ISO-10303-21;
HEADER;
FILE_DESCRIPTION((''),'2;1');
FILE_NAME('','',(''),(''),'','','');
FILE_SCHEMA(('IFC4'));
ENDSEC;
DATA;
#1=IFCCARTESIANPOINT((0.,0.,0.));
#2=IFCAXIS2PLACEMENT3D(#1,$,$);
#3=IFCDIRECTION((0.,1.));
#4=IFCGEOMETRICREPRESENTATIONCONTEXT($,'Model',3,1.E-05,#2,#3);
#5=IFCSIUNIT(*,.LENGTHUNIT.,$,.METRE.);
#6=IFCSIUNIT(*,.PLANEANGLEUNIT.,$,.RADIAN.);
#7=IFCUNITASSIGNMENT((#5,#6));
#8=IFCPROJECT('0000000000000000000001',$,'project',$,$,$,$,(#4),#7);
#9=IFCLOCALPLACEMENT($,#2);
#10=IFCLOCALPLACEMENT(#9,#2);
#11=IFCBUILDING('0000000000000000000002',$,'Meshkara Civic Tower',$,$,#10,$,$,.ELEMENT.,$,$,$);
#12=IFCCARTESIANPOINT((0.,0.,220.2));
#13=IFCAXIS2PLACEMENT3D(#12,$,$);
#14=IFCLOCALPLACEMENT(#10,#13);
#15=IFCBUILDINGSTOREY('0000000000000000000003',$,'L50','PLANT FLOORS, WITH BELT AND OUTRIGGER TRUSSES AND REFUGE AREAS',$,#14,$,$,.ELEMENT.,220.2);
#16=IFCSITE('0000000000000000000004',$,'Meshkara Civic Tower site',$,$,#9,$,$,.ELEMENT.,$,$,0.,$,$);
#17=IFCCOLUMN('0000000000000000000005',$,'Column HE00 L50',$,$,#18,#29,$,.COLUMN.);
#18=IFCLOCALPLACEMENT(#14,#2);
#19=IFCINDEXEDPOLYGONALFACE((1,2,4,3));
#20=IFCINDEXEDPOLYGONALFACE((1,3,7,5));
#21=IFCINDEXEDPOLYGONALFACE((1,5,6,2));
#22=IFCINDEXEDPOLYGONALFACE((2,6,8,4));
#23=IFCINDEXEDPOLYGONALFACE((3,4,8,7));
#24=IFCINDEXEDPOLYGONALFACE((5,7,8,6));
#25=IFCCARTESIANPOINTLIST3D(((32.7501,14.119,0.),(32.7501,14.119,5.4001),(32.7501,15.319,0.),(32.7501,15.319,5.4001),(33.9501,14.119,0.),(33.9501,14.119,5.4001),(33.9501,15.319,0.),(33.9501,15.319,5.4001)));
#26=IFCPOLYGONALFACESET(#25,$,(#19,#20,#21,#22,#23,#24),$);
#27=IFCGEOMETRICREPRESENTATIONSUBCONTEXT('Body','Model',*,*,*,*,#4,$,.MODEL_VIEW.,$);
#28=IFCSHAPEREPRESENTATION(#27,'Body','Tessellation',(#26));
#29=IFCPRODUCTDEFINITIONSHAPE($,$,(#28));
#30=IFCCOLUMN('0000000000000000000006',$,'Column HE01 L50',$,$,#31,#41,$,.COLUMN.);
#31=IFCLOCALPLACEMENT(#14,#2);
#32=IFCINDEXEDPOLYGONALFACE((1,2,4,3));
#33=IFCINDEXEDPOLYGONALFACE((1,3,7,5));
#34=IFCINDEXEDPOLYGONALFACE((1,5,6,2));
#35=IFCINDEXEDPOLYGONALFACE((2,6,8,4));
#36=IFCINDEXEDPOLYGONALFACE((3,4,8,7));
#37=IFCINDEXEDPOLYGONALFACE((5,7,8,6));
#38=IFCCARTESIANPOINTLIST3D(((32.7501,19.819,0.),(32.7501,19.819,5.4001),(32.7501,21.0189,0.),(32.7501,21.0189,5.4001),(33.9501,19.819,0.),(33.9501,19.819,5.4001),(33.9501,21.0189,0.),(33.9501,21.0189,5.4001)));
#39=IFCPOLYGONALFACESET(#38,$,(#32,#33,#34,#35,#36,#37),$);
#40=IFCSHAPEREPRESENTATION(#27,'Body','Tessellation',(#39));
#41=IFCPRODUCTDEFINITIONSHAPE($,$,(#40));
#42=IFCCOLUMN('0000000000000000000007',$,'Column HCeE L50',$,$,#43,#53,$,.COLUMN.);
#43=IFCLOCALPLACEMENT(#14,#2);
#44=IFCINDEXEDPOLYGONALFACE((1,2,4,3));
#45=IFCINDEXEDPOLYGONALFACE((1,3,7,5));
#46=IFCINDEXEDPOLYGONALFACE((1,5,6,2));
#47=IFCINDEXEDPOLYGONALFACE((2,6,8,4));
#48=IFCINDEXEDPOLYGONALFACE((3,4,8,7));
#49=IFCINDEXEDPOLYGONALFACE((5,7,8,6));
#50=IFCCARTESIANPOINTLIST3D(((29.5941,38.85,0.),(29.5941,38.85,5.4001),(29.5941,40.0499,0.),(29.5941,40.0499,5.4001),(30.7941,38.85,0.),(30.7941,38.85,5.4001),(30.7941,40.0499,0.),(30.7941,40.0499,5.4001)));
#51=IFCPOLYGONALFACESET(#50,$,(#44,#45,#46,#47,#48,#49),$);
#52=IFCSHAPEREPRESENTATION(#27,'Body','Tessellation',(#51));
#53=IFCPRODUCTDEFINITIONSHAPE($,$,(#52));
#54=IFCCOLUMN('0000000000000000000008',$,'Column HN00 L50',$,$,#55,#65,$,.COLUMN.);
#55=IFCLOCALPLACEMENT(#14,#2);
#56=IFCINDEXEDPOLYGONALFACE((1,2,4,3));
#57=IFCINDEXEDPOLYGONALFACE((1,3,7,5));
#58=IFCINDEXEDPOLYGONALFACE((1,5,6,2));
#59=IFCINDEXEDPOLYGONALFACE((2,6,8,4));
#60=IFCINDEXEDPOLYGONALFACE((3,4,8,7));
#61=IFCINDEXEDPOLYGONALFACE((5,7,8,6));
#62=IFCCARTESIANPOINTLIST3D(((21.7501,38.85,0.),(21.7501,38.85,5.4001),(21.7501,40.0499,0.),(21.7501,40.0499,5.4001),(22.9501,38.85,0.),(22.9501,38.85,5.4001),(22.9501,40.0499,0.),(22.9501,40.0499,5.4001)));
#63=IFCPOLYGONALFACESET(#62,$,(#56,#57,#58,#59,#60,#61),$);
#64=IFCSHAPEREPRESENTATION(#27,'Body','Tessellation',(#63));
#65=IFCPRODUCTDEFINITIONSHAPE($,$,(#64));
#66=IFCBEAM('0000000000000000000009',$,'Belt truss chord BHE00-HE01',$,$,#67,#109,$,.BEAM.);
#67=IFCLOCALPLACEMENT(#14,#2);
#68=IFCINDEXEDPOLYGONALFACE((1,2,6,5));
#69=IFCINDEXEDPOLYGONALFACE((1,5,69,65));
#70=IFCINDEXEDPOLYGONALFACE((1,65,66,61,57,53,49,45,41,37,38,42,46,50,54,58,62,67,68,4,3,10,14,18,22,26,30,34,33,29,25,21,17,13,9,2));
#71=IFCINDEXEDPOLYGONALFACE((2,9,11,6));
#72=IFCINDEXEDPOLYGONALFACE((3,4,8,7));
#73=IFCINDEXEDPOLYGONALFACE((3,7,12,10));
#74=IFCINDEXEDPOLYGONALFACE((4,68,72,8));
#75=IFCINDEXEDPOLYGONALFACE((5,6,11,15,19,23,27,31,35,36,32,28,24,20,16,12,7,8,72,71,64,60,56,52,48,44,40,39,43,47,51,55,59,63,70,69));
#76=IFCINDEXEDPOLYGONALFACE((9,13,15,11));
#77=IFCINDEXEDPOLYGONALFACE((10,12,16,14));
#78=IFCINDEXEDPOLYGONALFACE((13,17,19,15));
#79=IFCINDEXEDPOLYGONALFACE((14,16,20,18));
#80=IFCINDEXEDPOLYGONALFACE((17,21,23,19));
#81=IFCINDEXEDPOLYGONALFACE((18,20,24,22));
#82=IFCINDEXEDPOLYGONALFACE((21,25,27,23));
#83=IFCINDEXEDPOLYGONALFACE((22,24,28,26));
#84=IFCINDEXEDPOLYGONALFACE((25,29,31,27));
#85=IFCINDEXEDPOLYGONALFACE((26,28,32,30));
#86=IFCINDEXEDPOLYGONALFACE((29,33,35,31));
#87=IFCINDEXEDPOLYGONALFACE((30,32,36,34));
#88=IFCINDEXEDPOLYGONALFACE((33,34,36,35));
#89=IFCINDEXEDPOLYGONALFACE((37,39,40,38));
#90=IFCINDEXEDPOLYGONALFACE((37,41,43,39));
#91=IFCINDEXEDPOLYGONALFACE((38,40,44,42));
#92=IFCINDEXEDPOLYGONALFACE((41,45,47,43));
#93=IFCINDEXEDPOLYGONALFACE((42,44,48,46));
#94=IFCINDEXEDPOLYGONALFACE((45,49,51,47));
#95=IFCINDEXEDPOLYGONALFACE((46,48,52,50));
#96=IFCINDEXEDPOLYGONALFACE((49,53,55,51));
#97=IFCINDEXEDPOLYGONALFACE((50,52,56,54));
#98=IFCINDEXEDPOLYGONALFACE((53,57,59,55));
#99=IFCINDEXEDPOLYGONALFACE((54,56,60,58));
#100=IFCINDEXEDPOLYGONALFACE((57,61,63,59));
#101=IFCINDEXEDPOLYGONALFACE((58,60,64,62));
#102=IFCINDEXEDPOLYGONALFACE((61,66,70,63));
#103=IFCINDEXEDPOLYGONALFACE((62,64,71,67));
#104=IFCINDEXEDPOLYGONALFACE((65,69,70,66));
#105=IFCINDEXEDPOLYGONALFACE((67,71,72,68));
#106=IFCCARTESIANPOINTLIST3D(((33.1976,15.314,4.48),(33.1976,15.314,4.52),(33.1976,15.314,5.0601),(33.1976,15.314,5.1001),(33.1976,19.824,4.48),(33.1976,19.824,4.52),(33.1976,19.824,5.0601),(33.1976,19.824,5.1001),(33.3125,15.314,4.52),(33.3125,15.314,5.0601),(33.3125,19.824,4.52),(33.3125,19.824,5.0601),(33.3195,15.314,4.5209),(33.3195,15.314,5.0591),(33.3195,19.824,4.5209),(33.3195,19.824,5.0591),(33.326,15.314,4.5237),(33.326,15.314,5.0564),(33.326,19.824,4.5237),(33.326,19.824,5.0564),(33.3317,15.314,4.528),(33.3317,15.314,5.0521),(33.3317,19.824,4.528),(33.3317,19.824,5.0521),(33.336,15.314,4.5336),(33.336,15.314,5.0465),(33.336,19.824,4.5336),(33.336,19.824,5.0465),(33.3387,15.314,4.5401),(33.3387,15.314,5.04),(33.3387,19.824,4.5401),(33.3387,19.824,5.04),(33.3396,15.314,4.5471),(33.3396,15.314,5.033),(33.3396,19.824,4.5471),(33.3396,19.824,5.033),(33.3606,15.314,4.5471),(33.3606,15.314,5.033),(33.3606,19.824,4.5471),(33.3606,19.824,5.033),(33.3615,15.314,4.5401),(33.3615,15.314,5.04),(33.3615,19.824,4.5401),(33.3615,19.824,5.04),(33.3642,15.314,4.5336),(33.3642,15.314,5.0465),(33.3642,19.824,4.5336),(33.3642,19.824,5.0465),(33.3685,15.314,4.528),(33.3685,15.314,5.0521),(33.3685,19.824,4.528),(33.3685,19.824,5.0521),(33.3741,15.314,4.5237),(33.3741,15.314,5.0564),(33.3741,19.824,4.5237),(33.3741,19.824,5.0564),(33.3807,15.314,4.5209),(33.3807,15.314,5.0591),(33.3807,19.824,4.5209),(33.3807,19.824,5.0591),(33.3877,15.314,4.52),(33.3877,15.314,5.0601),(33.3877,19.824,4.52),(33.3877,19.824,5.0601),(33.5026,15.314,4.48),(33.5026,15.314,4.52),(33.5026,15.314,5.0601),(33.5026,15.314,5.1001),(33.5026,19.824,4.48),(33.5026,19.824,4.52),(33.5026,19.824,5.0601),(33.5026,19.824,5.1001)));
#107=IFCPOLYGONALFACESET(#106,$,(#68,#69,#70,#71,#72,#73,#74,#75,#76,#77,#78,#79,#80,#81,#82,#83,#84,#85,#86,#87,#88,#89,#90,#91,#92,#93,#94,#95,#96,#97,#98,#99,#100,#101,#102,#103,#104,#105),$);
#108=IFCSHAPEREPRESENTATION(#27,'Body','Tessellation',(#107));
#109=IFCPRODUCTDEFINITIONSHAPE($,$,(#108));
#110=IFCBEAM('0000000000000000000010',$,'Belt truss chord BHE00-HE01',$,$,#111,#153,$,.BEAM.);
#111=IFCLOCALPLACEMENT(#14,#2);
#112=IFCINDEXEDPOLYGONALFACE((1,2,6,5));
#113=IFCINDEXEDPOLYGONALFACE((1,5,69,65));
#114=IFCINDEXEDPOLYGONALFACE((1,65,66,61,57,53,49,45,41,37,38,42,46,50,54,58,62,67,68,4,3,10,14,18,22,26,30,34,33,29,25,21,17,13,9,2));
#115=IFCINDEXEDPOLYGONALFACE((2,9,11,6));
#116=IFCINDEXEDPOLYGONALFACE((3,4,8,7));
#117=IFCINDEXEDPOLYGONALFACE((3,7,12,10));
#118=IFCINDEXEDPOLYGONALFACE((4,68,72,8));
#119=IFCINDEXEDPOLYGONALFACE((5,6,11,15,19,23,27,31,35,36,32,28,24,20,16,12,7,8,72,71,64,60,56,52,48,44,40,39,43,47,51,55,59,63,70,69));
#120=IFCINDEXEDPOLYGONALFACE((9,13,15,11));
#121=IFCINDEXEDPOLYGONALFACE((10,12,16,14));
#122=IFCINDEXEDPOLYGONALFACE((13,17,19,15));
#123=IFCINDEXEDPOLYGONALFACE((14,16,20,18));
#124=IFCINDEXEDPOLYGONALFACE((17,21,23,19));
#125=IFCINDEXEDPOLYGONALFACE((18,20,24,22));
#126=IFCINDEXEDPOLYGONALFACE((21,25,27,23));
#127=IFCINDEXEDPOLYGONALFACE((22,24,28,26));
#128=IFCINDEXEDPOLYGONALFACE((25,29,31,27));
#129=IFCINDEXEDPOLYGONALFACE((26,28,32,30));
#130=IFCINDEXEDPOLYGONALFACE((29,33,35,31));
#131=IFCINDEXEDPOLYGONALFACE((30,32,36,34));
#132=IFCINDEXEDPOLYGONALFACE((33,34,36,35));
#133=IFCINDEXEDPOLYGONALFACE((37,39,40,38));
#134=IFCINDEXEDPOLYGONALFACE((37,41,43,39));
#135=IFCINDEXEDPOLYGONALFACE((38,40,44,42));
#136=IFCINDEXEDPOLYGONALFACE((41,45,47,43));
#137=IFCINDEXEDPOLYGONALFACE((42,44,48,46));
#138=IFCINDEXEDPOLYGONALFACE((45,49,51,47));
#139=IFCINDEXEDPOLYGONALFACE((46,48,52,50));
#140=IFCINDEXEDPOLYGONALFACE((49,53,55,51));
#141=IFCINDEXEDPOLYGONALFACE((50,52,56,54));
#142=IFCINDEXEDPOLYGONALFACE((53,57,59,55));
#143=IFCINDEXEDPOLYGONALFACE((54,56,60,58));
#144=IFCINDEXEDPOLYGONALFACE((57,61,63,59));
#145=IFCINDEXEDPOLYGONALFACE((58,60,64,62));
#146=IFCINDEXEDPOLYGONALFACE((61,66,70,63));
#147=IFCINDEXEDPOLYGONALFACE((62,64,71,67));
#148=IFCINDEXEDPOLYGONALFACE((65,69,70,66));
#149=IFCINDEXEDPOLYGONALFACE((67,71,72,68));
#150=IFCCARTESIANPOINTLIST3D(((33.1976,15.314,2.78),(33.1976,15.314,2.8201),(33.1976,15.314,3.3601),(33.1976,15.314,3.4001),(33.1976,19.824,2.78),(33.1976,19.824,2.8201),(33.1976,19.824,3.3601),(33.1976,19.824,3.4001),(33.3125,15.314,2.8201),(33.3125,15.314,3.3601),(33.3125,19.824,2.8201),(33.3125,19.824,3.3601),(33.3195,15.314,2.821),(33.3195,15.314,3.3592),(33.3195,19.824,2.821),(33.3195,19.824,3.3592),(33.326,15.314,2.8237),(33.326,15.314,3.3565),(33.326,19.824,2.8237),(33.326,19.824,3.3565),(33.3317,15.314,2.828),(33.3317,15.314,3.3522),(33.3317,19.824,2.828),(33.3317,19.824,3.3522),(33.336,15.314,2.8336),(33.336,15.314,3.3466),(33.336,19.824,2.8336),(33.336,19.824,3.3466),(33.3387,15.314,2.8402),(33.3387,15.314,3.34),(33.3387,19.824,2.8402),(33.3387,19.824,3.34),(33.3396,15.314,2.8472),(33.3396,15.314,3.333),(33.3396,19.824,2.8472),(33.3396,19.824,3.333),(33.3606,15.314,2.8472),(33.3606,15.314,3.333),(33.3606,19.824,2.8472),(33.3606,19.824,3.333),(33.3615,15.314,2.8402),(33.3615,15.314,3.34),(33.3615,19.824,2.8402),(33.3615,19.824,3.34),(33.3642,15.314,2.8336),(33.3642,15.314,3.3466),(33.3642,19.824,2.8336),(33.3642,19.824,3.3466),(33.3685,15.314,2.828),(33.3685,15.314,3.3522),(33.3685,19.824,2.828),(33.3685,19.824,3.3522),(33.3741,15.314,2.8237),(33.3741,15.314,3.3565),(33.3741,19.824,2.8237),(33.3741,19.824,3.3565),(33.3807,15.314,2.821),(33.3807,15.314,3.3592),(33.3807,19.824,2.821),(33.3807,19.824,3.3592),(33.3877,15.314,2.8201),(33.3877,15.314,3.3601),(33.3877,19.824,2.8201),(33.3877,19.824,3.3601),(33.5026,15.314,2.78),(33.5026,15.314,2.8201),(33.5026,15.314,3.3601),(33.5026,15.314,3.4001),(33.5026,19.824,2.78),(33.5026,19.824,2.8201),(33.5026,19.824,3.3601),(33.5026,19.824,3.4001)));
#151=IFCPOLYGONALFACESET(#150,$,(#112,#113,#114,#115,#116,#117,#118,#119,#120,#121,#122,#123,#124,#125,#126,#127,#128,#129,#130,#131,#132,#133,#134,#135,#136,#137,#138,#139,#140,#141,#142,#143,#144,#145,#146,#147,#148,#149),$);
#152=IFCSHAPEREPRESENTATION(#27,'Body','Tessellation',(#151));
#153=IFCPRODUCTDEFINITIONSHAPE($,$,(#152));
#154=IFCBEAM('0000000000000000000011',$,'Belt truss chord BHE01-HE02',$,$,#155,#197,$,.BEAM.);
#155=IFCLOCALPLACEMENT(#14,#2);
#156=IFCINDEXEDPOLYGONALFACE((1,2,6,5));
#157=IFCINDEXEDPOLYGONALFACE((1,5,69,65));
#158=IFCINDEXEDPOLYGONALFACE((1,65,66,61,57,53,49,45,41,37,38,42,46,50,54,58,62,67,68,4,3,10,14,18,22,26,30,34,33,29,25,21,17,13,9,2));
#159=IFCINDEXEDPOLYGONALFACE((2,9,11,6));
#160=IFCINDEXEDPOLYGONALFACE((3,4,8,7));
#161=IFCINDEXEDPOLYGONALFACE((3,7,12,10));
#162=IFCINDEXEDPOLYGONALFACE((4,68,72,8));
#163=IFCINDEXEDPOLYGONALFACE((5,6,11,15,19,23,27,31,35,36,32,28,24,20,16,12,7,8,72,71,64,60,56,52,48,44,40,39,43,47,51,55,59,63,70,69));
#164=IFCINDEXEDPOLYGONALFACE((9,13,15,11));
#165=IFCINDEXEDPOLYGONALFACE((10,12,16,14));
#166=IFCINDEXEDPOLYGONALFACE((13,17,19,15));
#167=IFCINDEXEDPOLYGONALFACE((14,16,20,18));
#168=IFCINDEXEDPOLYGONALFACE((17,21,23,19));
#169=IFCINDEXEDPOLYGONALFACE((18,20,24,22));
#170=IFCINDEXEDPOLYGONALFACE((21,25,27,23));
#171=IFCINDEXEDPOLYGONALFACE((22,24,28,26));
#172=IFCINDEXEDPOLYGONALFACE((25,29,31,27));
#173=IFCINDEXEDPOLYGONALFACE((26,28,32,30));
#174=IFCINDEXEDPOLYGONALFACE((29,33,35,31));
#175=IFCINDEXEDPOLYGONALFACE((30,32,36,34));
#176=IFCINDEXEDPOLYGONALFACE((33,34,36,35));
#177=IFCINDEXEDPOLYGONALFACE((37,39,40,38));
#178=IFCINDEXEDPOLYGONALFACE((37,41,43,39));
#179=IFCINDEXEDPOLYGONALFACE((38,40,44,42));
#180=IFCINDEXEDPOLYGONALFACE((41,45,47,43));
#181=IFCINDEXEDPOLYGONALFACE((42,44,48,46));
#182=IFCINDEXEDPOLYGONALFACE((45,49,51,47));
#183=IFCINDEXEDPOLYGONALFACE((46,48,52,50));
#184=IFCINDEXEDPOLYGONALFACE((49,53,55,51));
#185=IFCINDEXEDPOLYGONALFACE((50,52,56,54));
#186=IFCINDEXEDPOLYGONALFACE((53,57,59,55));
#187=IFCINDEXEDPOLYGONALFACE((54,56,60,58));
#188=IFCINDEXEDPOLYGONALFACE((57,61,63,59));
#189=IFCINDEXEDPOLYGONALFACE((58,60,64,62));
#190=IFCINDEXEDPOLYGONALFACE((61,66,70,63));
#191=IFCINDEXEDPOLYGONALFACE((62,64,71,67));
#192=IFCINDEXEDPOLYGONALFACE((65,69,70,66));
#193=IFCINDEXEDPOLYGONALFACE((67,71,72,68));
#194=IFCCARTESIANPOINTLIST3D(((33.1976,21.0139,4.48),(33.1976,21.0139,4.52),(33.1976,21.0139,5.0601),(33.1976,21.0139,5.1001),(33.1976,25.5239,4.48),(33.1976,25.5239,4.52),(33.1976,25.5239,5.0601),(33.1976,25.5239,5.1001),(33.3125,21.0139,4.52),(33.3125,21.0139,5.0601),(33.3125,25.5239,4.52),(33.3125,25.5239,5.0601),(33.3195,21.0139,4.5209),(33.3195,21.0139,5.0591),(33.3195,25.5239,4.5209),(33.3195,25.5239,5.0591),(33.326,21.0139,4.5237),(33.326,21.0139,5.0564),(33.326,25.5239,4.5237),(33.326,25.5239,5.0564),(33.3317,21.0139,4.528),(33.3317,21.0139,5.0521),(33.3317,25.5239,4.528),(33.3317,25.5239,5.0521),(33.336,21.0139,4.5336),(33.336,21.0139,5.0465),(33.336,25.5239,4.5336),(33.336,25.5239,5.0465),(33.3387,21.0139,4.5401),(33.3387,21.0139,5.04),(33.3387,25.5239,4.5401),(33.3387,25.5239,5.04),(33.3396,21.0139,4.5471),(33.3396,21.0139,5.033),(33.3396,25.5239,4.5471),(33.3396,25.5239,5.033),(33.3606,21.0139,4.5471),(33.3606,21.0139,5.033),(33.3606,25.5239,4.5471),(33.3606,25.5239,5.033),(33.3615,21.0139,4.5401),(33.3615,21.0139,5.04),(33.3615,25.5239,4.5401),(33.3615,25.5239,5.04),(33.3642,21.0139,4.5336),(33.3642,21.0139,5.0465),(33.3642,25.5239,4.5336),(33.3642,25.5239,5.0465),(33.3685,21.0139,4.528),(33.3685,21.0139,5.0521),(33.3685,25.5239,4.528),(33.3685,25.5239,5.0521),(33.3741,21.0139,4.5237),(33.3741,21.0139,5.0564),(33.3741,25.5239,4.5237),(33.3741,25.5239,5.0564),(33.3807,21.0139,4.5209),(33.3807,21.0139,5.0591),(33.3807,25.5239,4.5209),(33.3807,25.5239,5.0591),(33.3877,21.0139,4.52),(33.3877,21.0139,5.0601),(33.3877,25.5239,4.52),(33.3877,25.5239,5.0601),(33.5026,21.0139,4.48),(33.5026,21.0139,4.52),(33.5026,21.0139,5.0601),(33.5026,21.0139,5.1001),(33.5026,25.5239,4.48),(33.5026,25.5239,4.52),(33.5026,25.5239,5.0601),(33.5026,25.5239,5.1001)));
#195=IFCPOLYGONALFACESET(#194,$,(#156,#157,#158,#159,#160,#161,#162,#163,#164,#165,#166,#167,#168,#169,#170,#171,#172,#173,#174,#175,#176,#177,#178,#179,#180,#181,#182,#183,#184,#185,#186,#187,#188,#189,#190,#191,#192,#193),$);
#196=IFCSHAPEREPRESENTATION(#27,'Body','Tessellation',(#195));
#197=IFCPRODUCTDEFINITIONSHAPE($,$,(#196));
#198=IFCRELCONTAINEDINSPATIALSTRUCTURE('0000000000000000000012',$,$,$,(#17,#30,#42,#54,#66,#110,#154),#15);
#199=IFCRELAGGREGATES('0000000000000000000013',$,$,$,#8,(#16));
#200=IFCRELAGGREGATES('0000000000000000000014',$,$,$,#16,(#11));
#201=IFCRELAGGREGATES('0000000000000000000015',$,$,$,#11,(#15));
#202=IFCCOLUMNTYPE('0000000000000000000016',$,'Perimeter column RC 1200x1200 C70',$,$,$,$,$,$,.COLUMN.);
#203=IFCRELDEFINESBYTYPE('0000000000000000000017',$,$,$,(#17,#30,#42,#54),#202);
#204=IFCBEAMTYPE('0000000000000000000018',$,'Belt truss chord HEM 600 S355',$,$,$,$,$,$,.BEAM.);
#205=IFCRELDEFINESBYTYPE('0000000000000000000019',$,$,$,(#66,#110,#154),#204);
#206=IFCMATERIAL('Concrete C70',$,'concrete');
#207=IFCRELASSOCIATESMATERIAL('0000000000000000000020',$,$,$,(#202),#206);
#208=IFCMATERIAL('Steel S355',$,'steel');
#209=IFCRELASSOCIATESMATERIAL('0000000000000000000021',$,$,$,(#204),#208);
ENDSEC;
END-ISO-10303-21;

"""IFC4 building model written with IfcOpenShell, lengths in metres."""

from ifc_helpers import new_model, si_unit, direction, frame, origin, origin_2d, place, context, subcontext, project, spatial, rectangle, i_section, extrude, material, material_profile, profile_set, type_object, element, save


model = new_model("IFC4")

# Units and contexts
model_context = context("Model", 3, precision=1e-05, world=origin(), true_north=direction((0.0, 1.0)))
body_context = subcontext(model_context, "Body", "Model", "MODEL_VIEW")
ifc_project = project(units=[si_unit("LENGTHUNIT", "METRE"), si_unit("PLANEANGLEUNIT", "RADIAN")], contexts=[model_context])

# Site, building, storey
site_placement = place(None, origin())
site = spatial("IfcSite", under=ifc_project, at=site_placement, Name="Meshkara Civic Tower site", CompositionType="ELEMENT", RefElevation=0.0)
building_placement = place(site_placement, origin())
building = spatial("IfcBuilding", under=site, at=building_placement, Name="Meshkara Civic Tower", CompositionType="ELEMENT")
storey_placement = place(building_placement, frame((0.0, 0.0, 220.2)))
storey = spatial("IfcBuildingStorey", under=building, at=storey_placement, Name="L50", Description="PLANT FLOORS, WITH BELT AND OUTRIGGER TRUSSES AND REFUGE AREAS", CompositionType="ELEMENT", Elevation=220.2)

# Columns
ifc_material_1 = material(Name="Concrete C70", Category="concrete")
ifc_material_profile_1 = material_profile(ifc_material_1, rectangle(XDim=1.2, YDim=1.2, at=origin_2d()))
ifc_profile_set_1 = profile_set([ifc_material_profile_1], Name="Concrete C70")
column_type = type_object("IfcColumnType", Name="Perimeter column RC 1200x1200 C70", PredefinedType="COLUMN", material=ifc_profile_set_1)
for number, where, z_axis, x_axis, name in (
    (1, (33.3501, 14.719, 0.0), (0.0, 0.0, 1.0), (1.0, 0.0, 0.0), "Column HE00 L50"),
    (2, (33.3501, 20.4189, 0.0), (0.0, 0.0, 1.0), (1.0, 0.0, 0.0), "Column HE01 L50"),
    (3, (30.1941, 39.45, 0.0), (0.0, 0.0, 1.0), (1.0, 0.0, 0.0), "Column HCeE L50"),
    (4, (22.3501, 39.45, 0.0), (0.0, 0.0, 1.0), (1.0, 0.0, 0.0), "Column HN00 L50"),
):
    element("IfcColumn", number, at=place(storey_placement, frame(where, z_axis=z_axis, x_axis=x_axis)), inside=storey, type_object=column_type, Name=name, PredefinedType="COLUMN", context=body_context, shape_type="SweptSolid", body=[
        extrude(rectangle(XDim=1.2, YDim=1.2, at=origin_2d()), origin(), (0.0, 0.0, 1.0), 5.4001),
    ])

# Beams
ifc_material_2 = material(Name="Steel S355", Category="steel")
ifc_material_profile_2 = material_profile(ifc_material_2, i_section(OverallWidth=0.3049, OverallDepth=0.6201, WebThickness=0.021, FlangeThickness=0.04, FilletRadius=0.0271, at=origin_2d()))
ifc_profile_set_2 = profile_set([ifc_material_profile_2], Name="Steel S355")
beam_type = type_object("IfcBeamType", Name="Belt truss chord HEM 600 S355", PredefinedType="BEAM", material=ifc_profile_set_2)
for number, where, z_axis, x_axis, name in (
    (5, (33.3501, 15.314, 4.79), (0.0, 1.0, 0.0), (-1.0, 0.0, 0.0), "Belt truss chord BHE00-HE01"),
    (6, (33.3501, 15.314, 3.0901), (0.0, 1.0, 0.0), (-1.0, 0.0, 0.0), "Belt truss chord BHE00-HE01"),
    (7, (33.3501, 21.0139, 4.79), (0.0, 1.0, 0.0), (-1.0, 0.0, 0.0), "Belt truss chord BHE01-HE02"),
):
    element("IfcBeam", number, at=place(storey_placement, frame(where, z_axis=z_axis, x_axis=x_axis)), inside=storey, type_object=beam_type, Name=name, PredefinedType="BEAM", context=body_context, shape_type="SweptSolid", body=[
        extrude(i_section(OverallWidth=0.3049, OverallDepth=0.6201, WebThickness=0.021, FlangeThickness=0.04, FilletRadius=0.0271, at=origin_2d()), origin(), (0.0, 0.0, 1.0), 4.51),
    ])

save(model, "model.ifc")
